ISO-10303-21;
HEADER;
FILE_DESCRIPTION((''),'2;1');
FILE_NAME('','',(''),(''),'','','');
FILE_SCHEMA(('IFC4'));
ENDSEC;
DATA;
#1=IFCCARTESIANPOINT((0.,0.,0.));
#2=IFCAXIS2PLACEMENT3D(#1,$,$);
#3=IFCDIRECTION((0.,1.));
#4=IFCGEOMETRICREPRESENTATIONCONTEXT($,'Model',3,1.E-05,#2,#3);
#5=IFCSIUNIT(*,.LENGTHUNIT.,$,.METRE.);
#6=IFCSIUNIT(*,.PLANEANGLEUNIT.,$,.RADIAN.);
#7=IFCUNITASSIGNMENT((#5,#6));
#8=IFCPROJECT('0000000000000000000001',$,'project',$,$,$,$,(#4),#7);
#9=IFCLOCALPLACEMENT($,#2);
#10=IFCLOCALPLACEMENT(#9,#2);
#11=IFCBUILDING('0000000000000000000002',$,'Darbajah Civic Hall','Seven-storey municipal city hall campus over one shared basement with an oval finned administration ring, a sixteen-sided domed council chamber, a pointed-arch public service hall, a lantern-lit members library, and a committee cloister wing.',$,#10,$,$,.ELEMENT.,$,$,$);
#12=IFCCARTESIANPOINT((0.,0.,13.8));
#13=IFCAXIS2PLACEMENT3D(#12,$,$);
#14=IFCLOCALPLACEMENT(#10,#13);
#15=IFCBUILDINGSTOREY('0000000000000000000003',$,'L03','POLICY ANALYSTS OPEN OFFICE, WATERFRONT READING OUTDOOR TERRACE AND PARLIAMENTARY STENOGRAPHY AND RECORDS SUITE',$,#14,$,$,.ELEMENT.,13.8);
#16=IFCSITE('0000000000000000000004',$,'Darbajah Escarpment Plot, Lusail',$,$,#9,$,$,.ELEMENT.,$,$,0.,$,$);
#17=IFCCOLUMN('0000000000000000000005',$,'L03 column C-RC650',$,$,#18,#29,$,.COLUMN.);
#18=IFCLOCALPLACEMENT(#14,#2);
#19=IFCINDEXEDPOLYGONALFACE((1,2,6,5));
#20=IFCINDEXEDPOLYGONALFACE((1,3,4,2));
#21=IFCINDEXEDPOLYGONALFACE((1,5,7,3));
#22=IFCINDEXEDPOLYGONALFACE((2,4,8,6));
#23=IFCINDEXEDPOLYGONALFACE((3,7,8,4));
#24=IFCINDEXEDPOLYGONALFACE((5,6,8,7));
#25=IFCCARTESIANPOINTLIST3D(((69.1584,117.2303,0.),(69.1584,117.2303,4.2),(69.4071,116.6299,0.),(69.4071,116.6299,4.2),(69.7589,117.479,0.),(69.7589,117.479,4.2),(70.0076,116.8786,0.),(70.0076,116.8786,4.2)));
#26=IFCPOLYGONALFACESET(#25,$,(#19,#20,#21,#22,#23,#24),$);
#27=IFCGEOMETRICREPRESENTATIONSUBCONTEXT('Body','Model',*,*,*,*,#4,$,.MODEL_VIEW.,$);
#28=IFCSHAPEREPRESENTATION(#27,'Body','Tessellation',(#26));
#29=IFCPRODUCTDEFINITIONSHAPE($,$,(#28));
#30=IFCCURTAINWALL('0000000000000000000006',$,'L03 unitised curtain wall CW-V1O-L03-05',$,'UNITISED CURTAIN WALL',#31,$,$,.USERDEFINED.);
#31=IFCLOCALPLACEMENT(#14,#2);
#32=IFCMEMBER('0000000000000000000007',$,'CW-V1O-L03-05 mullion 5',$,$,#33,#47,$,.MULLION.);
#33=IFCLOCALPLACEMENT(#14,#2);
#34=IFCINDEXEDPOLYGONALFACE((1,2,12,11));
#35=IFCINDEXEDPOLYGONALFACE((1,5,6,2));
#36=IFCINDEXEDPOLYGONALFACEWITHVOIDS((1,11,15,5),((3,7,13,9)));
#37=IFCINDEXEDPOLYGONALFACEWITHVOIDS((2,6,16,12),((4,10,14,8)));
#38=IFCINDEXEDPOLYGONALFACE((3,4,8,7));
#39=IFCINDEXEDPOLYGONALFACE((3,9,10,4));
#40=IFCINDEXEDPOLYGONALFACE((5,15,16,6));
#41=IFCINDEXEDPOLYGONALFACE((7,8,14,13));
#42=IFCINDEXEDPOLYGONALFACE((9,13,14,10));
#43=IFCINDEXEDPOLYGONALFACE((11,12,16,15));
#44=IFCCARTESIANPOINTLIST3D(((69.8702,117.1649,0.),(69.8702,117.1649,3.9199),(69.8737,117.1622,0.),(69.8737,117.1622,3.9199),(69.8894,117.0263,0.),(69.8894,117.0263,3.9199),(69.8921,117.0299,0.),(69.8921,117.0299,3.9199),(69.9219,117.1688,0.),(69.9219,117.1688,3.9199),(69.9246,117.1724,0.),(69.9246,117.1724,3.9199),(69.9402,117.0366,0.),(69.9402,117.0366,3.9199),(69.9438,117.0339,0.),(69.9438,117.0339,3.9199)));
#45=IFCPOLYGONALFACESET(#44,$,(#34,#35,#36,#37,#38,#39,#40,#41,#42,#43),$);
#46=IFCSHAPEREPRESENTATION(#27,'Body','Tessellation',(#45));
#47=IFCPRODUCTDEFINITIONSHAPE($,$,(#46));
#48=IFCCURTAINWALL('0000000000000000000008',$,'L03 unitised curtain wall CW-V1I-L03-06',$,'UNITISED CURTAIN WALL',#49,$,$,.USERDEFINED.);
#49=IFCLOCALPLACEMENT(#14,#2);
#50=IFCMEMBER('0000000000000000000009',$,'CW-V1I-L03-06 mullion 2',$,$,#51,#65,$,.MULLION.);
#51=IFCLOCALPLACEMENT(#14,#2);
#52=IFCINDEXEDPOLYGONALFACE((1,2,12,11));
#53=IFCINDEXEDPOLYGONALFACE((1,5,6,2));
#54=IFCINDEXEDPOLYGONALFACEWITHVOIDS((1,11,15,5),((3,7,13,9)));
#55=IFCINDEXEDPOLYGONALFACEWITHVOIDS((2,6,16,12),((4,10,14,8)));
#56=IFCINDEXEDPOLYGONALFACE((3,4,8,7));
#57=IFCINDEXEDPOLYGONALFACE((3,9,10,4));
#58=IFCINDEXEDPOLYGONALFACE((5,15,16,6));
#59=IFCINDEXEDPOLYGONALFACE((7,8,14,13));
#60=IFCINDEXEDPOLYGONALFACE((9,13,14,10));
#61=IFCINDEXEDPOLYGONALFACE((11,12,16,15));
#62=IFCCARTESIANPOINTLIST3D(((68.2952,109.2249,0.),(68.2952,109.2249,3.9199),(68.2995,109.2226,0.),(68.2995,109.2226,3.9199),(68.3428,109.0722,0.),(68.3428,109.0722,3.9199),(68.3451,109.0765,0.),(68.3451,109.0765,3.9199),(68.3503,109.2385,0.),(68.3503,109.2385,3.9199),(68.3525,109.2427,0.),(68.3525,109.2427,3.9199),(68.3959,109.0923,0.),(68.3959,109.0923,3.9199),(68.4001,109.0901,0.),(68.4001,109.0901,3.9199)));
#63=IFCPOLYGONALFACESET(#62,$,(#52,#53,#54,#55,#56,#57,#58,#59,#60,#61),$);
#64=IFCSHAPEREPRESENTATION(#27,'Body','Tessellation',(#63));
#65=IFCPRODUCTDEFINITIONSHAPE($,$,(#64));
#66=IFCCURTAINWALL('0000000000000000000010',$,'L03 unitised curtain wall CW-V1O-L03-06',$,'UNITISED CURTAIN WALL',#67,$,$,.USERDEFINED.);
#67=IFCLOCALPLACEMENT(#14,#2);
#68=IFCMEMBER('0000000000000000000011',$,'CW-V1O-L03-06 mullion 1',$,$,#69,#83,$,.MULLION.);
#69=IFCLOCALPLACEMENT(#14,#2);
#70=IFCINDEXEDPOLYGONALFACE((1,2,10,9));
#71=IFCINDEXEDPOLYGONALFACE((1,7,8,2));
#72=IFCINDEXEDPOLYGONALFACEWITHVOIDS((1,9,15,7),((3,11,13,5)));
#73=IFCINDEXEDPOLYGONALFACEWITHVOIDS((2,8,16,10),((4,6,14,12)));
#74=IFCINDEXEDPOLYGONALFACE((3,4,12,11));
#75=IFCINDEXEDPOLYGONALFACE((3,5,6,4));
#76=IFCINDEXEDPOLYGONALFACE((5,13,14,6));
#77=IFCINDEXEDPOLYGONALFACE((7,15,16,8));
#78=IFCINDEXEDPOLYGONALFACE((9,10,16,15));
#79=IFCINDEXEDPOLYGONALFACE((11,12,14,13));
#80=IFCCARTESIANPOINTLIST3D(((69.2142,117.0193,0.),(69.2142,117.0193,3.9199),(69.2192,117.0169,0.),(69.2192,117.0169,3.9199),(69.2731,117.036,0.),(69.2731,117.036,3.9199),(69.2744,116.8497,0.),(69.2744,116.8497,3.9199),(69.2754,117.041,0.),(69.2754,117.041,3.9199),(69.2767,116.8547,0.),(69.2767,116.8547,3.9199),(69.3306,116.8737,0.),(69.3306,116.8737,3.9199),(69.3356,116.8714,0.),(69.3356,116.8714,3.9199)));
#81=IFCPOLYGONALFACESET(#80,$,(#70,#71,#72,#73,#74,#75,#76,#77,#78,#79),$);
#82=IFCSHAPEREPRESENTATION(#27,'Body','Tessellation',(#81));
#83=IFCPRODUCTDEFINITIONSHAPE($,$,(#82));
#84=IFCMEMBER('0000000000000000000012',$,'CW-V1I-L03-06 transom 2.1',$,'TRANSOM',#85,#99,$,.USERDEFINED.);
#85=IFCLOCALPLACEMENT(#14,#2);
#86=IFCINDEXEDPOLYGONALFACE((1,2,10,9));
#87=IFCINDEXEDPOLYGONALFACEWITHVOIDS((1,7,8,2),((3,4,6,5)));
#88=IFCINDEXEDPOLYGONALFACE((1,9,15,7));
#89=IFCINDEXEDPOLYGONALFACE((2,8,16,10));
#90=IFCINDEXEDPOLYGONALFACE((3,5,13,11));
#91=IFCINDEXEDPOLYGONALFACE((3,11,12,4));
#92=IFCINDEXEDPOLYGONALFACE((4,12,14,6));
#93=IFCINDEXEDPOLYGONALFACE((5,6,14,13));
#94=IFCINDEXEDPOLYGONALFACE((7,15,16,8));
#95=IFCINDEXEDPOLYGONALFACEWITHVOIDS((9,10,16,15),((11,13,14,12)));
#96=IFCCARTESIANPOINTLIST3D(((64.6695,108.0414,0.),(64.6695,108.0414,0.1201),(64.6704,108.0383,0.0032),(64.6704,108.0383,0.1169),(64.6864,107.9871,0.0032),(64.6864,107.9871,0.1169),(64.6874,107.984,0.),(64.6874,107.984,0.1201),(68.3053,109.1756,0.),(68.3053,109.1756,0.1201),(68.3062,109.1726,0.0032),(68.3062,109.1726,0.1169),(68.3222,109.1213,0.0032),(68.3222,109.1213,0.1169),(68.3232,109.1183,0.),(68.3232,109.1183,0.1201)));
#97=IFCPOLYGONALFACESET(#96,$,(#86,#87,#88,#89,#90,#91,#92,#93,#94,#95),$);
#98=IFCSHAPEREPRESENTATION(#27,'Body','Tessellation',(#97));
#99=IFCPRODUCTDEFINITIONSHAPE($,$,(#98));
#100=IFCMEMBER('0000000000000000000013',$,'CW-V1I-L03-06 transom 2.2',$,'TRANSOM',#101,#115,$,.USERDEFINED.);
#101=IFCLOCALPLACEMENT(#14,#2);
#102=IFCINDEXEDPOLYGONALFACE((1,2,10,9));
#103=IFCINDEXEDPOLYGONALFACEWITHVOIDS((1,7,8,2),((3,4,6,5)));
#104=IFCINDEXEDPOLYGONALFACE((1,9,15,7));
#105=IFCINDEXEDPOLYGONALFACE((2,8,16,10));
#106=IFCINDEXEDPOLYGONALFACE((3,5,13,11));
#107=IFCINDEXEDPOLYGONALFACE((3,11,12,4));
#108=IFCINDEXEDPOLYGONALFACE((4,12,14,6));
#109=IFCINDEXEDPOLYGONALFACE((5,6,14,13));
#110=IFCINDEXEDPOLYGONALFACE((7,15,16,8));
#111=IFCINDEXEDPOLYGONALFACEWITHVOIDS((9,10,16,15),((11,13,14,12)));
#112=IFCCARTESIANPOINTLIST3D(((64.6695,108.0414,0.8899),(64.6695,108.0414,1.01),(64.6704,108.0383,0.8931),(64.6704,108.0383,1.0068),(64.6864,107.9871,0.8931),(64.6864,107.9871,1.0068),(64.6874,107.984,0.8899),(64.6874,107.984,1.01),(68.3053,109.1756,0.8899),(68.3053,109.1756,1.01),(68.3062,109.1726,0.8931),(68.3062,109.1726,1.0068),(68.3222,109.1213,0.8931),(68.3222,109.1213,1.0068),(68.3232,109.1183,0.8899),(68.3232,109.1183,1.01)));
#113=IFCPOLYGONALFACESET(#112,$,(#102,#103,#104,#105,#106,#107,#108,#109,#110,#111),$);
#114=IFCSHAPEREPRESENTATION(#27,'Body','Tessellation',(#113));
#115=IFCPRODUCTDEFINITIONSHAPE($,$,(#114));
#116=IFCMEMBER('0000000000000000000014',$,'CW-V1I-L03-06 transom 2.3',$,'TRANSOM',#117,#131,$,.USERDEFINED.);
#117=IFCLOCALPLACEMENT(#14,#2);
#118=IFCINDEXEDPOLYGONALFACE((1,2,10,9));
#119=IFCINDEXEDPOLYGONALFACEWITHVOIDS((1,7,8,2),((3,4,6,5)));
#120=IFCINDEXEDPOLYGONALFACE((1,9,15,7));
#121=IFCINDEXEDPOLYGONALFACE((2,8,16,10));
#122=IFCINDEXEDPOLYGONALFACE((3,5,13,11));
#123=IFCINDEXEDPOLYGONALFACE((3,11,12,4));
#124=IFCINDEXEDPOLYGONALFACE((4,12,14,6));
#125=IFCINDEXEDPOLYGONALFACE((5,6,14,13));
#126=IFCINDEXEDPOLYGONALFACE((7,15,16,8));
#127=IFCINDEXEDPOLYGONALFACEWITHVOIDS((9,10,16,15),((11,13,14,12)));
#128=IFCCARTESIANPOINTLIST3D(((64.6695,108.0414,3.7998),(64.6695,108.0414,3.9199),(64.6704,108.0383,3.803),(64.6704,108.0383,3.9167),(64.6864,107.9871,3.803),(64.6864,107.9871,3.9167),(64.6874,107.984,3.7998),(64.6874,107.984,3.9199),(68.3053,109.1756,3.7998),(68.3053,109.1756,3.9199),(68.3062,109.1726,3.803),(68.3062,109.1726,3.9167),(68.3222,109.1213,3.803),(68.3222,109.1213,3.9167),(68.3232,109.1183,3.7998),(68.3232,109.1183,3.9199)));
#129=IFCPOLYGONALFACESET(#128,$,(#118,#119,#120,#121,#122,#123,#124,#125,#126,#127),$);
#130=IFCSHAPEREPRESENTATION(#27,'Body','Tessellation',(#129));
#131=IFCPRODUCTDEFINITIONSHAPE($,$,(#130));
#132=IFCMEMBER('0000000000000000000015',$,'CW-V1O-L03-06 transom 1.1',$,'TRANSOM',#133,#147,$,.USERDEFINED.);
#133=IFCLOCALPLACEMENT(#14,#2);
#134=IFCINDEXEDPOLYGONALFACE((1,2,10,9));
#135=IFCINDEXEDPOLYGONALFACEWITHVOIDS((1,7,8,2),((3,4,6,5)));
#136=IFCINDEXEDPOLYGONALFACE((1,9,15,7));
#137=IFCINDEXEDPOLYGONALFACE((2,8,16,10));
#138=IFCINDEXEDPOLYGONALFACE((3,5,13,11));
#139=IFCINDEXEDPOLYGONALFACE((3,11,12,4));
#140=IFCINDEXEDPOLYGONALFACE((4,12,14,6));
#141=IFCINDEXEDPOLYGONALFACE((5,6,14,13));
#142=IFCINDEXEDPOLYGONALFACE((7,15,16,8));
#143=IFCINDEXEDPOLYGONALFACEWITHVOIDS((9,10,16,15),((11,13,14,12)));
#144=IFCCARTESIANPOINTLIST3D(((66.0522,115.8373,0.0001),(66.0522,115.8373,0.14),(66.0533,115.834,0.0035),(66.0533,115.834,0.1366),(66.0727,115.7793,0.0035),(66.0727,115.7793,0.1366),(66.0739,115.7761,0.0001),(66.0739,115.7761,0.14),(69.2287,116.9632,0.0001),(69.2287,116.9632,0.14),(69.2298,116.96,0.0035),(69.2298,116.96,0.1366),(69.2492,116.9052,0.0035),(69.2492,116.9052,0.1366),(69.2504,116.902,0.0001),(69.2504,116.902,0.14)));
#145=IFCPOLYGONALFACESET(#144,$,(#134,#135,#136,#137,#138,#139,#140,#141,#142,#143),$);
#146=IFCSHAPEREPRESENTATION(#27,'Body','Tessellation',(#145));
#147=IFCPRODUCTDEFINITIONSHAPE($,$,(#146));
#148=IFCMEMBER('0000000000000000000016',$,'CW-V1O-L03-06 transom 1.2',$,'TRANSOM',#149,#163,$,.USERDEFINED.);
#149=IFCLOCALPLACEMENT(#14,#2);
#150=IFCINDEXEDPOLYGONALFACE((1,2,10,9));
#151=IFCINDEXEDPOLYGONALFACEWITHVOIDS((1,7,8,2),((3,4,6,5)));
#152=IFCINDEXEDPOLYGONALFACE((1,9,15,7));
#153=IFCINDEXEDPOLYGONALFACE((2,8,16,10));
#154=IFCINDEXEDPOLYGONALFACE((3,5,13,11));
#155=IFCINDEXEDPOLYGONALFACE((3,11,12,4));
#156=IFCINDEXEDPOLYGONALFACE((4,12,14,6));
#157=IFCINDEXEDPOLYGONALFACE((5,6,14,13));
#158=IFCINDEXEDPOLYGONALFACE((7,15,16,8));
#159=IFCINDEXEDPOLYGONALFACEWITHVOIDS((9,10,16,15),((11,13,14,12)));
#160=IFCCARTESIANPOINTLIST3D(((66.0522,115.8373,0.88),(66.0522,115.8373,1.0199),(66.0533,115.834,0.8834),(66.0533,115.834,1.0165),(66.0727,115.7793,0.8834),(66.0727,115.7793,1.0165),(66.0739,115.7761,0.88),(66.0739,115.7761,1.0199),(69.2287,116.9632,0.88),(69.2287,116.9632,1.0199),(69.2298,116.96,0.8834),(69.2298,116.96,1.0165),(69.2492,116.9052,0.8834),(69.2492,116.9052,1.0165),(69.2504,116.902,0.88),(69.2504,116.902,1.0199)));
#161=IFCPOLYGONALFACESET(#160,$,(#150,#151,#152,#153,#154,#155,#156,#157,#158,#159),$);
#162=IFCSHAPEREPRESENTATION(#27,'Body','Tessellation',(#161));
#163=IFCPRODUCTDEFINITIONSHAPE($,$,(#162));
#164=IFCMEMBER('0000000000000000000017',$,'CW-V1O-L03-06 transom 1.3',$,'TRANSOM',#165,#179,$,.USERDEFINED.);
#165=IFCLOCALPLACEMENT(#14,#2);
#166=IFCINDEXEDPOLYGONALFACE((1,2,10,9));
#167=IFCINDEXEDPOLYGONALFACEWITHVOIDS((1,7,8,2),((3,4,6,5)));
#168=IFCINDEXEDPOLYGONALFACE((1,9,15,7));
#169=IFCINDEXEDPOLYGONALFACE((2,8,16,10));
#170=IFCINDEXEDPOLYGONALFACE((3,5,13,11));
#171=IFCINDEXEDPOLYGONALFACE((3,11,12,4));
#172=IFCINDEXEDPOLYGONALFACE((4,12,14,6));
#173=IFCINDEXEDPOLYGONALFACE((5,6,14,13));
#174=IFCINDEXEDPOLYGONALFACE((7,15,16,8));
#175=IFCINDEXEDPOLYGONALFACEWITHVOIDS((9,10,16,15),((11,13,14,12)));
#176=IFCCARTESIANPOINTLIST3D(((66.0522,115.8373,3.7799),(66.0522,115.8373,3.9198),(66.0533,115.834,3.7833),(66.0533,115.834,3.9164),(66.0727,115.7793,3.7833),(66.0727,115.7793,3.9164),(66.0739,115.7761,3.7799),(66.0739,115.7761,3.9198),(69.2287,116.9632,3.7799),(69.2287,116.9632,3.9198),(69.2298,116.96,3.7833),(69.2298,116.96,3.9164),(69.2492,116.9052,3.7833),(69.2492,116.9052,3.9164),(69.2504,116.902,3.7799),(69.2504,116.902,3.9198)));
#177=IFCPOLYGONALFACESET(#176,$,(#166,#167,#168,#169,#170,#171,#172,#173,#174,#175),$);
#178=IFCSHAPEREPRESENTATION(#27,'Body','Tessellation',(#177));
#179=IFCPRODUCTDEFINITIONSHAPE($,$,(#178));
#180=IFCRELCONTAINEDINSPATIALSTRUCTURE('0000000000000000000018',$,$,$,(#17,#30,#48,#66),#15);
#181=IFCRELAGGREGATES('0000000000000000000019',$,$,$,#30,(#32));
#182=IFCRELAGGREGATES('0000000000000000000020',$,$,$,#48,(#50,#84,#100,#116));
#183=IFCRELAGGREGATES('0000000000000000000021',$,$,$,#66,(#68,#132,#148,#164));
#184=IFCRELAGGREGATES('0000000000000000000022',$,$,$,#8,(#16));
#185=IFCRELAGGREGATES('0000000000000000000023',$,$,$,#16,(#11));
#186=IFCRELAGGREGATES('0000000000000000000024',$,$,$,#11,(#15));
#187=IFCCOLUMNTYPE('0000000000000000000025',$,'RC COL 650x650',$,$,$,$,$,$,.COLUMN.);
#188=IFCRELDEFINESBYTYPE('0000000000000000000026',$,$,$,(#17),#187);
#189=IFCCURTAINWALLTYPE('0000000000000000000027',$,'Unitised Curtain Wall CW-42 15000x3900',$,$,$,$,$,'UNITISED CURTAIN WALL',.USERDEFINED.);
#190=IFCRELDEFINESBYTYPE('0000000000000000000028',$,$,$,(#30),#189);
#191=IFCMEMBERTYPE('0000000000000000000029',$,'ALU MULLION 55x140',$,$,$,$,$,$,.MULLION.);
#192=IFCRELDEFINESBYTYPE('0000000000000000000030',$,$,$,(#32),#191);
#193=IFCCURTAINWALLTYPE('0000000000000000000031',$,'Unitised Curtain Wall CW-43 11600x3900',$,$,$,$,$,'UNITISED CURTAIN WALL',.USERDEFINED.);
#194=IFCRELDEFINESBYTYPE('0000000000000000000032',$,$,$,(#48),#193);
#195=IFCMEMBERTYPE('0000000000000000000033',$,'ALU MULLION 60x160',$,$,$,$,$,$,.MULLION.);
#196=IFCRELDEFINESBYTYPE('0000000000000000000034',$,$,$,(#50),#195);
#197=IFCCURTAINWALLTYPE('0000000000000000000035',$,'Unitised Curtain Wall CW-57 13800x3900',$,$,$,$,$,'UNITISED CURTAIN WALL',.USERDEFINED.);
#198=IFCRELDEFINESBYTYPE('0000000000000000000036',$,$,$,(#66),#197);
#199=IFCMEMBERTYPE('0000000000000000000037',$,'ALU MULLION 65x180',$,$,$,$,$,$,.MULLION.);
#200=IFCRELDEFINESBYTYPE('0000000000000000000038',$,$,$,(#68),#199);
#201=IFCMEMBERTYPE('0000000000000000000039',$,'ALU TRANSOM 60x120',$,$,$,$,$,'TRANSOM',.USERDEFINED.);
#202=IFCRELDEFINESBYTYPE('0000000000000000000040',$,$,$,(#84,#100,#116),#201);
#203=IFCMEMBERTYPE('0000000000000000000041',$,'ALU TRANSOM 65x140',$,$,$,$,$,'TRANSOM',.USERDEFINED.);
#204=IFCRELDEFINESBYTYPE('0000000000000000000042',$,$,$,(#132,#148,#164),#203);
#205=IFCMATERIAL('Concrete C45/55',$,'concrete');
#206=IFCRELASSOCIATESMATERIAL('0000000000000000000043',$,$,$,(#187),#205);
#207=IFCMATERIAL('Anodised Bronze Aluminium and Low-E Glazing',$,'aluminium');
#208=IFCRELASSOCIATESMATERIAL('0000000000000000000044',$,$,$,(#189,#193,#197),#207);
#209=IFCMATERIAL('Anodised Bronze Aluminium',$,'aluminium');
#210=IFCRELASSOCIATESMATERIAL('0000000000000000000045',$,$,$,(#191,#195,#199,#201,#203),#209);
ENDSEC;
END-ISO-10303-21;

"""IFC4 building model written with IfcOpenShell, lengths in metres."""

from ifc_helpers import new_model, si_unit, direction, frame, origin, origin_2d, place, context, subcontext, project, spatial, rectangle, hollow_rectangle, extrude, material, material_profile, profile_set, type_object, element, aggregate, save


model = new_model("IFC4")

# Units and contexts
model_context = context("Model", 3, precision=1e-05, world=origin(), true_north=direction((0.0, 1.0)))
body_context = subcontext(model_context, "Body", "Model", "MODEL_VIEW")
ifc_project = project(units=[si_unit("LENGTHUNIT", "METRE"), si_unit("PLANEANGLEUNIT", "RADIAN")], contexts=[model_context])

# Site, building, storey
site_placement = place(None, origin())
site = spatial("IfcSite", under=ifc_project, at=site_placement, Name="Darbajah Escarpment Plot, Lusail", CompositionType="ELEMENT", RefElevation=0.0)
building_placement = place(site_placement, origin())
building = spatial("IfcBuilding", under=site, at=building_placement, Name="Darbajah Civic Hall", Description="Seven-storey municipal city hall campus over one shared basement with an oval finned administration ring, a sixteen-sided domed council chamber, a pointed-arch public service hall, a lantern-lit members library, and a committee cloister wing.", CompositionType="ELEMENT")
storey_placement = place(building_placement, frame((0.0, 0.0, 13.8)))
storey = spatial("IfcBuildingStorey", under=building, at=storey_placement, Name="L03", Description="POLICY ANALYSTS OPEN OFFICE, WATERFRONT READING OUTDOOR TERRACE AND PARLIAMENTARY STENOGRAPHY AND RECORDS SUITE", CompositionType="ELEMENT", Elevation=13.8)

# Column
ifc_material_1 = material(Name="Concrete C45/55", Category="concrete")
ifc_material_profile_1 = material_profile(ifc_material_1, rectangle(XDim=0.6499, YDim=0.6499, at=origin_2d()), Name="RC COL 650x650")
ifc_profile_set_1 = profile_set([ifc_material_profile_1], Name="Concrete C45/55")
column_type = type_object("IfcColumnType", Name="RC COL 650x650", PredefinedType="COLUMN", material=ifc_profile_set_1)
column_placement = place(storey_placement, frame((69.583, 117.0544, 0.0), z_axis=(0.0, 0.0, 1.0), x_axis=(-0.382683, 0.92388, 0.0)))
element("IfcColumn", 1, at=column_placement, inside=storey, type_object=column_type, Name="L03 column C-RC650", PredefinedType="COLUMN", context=body_context, shape_type="SweptSolid", body=[
    extrude(rectangle(XDim=0.6499, YDim=0.6499, at=origin_2d()), origin(), (0.0, 0.0, 1.0), 4.2),
])

# Curtain walls, members
ifc_material_2 = material(Name="Anodised Bronze Aluminium and Low-E Glazing", Category="aluminium")
curtain_wall_type_1 = type_object("IfcCurtainWallType", Name="Unitised Curtain Wall CW-42 15000x3900", ElementType="UNITISED CURTAIN WALL", PredefinedType="USERDEFINED", material=ifc_material_2)
curtain_wall_1_placement = place(storey_placement, origin())
curtain_wall_1 = element("IfcCurtainWall", 2, at=curtain_wall_1_placement, inside=storey, type_object=curtain_wall_type_1, Name="L03 unitised curtain wall CW-V1O-L03-05", ObjectType="UNITISED CURTAIN WALL", PredefinedType="USERDEFINED")
ifc_material_3 = material(Name="Anodised Bronze Aluminium", Category="aluminium")
ifc_material_profile_2 = material_profile(ifc_material_3, hollow_rectangle(XDim=0.0549, YDim=0.1399, WallThickness=0.0032, at=origin_2d()), Name="ALU MULLION 55x140")
ifc_profile_set_2 = profile_set([ifc_material_profile_2], Name="Anodised Bronze Aluminium")
member_type_1 = type_object("IfcMemberType", Name="ALU MULLION 55x140", PredefinedType="MULLION", material=ifc_profile_set_2)
member_1_placement = place(storey_placement, frame((69.907, 117.0994, 0.0), z_axis=(0.0, 0.0, 1.0), x_axis=(-0.990485, -0.137617, 0.0)))
member_1 = element("IfcMember", 3, at=member_1_placement, type_object=member_type_1, Name="CW-V1O-L03-05 mullion 5", PredefinedType="MULLION", context=body_context, shape_type="SweptSolid", body=[
    extrude(hollow_rectangle(XDim=0.0549, YDim=0.1399, WallThickness=0.0032, at=origin_2d()), origin(), (0.0, 0.0, 1.0), 3.9199),
])
curtain_wall_type_2 = type_object("IfcCurtainWallType", Name="Unitised Curtain Wall CW-43 11600x3900", ElementType="UNITISED CURTAIN WALL", PredefinedType="USERDEFINED", material=ifc_material_2)
curtain_wall_2_placement = place(storey_placement, origin())
curtain_wall_2 = element("IfcCurtainWall", 4, at=curtain_wall_2_placement, inside=storey, type_object=curtain_wall_type_2, Name="L03 unitised curtain wall CW-V1I-L03-06", ObjectType="UNITISED CURTAIN WALL", PredefinedType="USERDEFINED")
ifc_material_profile_3 = material_profile(ifc_material_3, hollow_rectangle(XDim=0.0601, YDim=0.1599, WallThickness=0.0034, at=origin_2d()), Name="ALU MULLION 60x160")
ifc_profile_set_3 = profile_set([ifc_material_profile_3], Name="Anodised Bronze Aluminium")
member_type_2 = type_object("IfcMemberType", Name="ALU MULLION 60x160", PredefinedType="MULLION", material=ifc_profile_set_3)
member_2_placement = place(storey_placement, frame((68.3477, 109.1575, 0.0), z_axis=(0.0, 0.0, 1.0), x_axis=(-0.954605, -0.297875, 0.0)))
member_2 = element("IfcMember", 5, at=member_2_placement, type_object=member_type_2, Name="CW-V1I-L03-06 mullion 2", PredefinedType="MULLION", context=body_context, shape_type="SweptSolid", body=[
    extrude(hollow_rectangle(XDim=0.0601, YDim=0.1599, WallThickness=0.0034, at=origin_2d()), origin(), (0.0, 0.0, 1.0), 3.9199),
])
curtain_wall_type_3 = type_object("IfcCurtainWallType", Name="Unitised Curtain Wall CW-57 13800x3900", ElementType="UNITISED CURTAIN WALL", PredefinedType="USERDEFINED", material=ifc_material_2)
curtain_wall_3_placement = place(storey_placement, origin())
curtain_wall_3 = element("IfcCurtainWall", 6, at=curtain_wall_3_placement, inside=storey, type_object=curtain_wall_type_3, Name="L03 unitised curtain wall CW-V1O-L03-06", ObjectType="UNITISED CURTAIN WALL", PredefinedType="USERDEFINED")
ifc_material_profile_4 = material_profile(ifc_material_3, hollow_rectangle(XDim=0.0649, YDim=0.1799, WallThickness=0.0039, at=origin_2d()), Name="ALU MULLION 65x180")
ifc_profile_set_4 = profile_set([ifc_material_profile_4], Name="Anodised Bronze Aluminium")
member_type_3 = type_object("IfcMemberType", Name="ALU MULLION 65x180", PredefinedType="MULLION", material=ifc_profile_set_4)
member_3_placement = place(storey_placement, frame((69.2749, 116.9453, 0.0), z_axis=(0.0, 0.0, 1.0), x_axis=(-0.942525, -0.334136, 0.0)))
member_3 = element("IfcMember", 7, at=member_3_placement, type_object=member_type_3, Name="CW-V1O-L03-06 mullion 1", PredefinedType="MULLION", context=body_context, shape_type="SweptSolid", body=[
    extrude(hollow_rectangle(XDim=0.0649, YDim=0.1799, WallThickness=0.0039, at=origin_2d()), origin(), (0.0, 0.0, 1.0), 3.9199),
])

# Members
ifc_material_profile_5 = material_profile(ifc_material_3, hollow_rectangle(XDim=0.0601, YDim=0.1201, WallThickness=0.0032, at=origin_2d()), Name="ALU TRANSOM 60x120")
ifc_profile_set_5 = profile_set([ifc_material_profile_5], Name="Anodised Bronze Aluminium")
member_type_4 = type_object("IfcMemberType", Name="ALU TRANSOM 60x120", ElementType="TRANSOM", PredefinedType="USERDEFINED", material=ifc_profile_set_5)
member_4_placement = place(storey_placement, frame((68.3142, 109.147, 0.0601), z_axis=(-0.954621, -0.297822, 0.0), x_axis=(0.297822, -0.954621, 0.0)))
member_4 = element("IfcMember", 8, at=member_4_placement, type_object=member_type_4, Name="CW-V1I-L03-06 transom 2.1", ObjectType="TRANSOM", PredefinedType="USERDEFINED", context=body_context, shape_type="SweptSolid", body=[
    extrude(hollow_rectangle(XDim=0.0601, YDim=0.1201, WallThickness=0.0032, at=origin_2d()), origin(), (0.0, 0.0, 1.0), 3.8086),
])
member_5_placement = place(storey_placement, frame((68.3142, 109.147, 0.95), z_axis=(-0.954621, -0.297822, 0.0), x_axis=(0.297822, -0.954621, 0.0)))
member_5 = element("IfcMember", 9, at=member_5_placement, type_object=member_type_4, Name="CW-V1I-L03-06 transom 2.2", ObjectType="TRANSOM", PredefinedType="USERDEFINED", context=body_context, shape_type="SweptSolid", body=[
    extrude(hollow_rectangle(XDim=0.0601, YDim=0.1201, WallThickness=0.0032, at=origin_2d()), origin(), (0.0, 0.0, 1.0), 3.8086),
])
member_6_placement = place(storey_placement, frame((68.3142, 109.147, 3.8599), z_axis=(-0.954621, -0.297822, 0.0), x_axis=(0.297822, -0.954621, 0.0)))
member_6 = element("IfcMember", 10, at=member_6_placement, type_object=member_type_4, Name="CW-V1I-L03-06 transom 2.3", ObjectType="TRANSOM", PredefinedType="USERDEFINED", context=body_context, shape_type="SweptSolid", body=[
    extrude(hollow_rectangle(XDim=0.0601, YDim=0.1201, WallThickness=0.0032, at=origin_2d()), origin(), (0.0, 0.0, 1.0), 3.8086),
])
ifc_material_profile_6 = material_profile(ifc_material_3, hollow_rectangle(XDim=0.0649, YDim=0.1399, WallThickness=0.0034, at=origin_2d()), Name="ALU TRANSOM 65x140")
ifc_profile_set_6 = profile_set([ifc_material_profile_6], Name="Anodised Bronze Aluminium")
member_type_5 = type_object("IfcMemberType", Name="ALU TRANSOM 65x140", ElementType="TRANSOM", PredefinedType="USERDEFINED", material=ifc_profile_set_6)
member_7_placement = place(storey_placement, frame((69.2395, 116.9326, 0.0701), z_axis=(-0.942537, -0.334101, 0.0), x_axis=(0.334101, -0.942537, 0.0)))
member_7 = element("IfcMember", 11, at=member_7_placement, type_object=member_type_5, Name="CW-V1O-L03-06 transom 1.1", ObjectType="TRANSOM", PredefinedType="USERDEFINED", context=body_context, shape_type="SweptSolid", body=[
    extrude(hollow_rectangle(XDim=0.0649, YDim=0.1399, WallThickness=0.0034, at=origin_2d()), origin(), (0.0, 0.0, 1.0), 3.3701),
])
member_8_placement = place(storey_placement, frame((69.2395, 116.9326, 0.95), z_axis=(-0.942537, -0.334101, 0.0), x_axis=(0.334101, -0.942537, 0.0)))
member_8 = element("IfcMember", 12, at=member_8_placement, type_object=member_type_5, Name="CW-V1O-L03-06 transom 1.2", ObjectType="TRANSOM", PredefinedType="USERDEFINED", context=body_context, shape_type="SweptSolid", body=[
    extrude(hollow_rectangle(XDim=0.0649, YDim=0.1399, WallThickness=0.0034, at=origin_2d()), origin(), (0.0, 0.0, 1.0), 3.3701),
])
member_9_placement = place(storey_placement, frame((69.2395, 116.9326, 3.8499), z_axis=(-0.942537, -0.334101, 0.0), x_axis=(0.334101, -0.942537, 0.0)))
member_9 = element("IfcMember", 13, at=member_9_placement, type_object=member_type_5, Name="CW-V1O-L03-06 transom 1.3", ObjectType="TRANSOM", PredefinedType="USERDEFINED", context=body_context, shape_type="SweptSolid", body=[
    extrude(hollow_rectangle(XDim=0.0649, YDim=0.1399, WallThickness=0.0034, at=origin_2d()), origin(), (0.0, 0.0, 1.0), 3.3701),
])

aggregate(curtain_wall_1, [member_1])
aggregate(curtain_wall_2, [member_2, member_4, member_5, member_6])
aggregate(curtain_wall_3, [member_3, member_7, member_8, member_9])

save(model, "model.ifc")
